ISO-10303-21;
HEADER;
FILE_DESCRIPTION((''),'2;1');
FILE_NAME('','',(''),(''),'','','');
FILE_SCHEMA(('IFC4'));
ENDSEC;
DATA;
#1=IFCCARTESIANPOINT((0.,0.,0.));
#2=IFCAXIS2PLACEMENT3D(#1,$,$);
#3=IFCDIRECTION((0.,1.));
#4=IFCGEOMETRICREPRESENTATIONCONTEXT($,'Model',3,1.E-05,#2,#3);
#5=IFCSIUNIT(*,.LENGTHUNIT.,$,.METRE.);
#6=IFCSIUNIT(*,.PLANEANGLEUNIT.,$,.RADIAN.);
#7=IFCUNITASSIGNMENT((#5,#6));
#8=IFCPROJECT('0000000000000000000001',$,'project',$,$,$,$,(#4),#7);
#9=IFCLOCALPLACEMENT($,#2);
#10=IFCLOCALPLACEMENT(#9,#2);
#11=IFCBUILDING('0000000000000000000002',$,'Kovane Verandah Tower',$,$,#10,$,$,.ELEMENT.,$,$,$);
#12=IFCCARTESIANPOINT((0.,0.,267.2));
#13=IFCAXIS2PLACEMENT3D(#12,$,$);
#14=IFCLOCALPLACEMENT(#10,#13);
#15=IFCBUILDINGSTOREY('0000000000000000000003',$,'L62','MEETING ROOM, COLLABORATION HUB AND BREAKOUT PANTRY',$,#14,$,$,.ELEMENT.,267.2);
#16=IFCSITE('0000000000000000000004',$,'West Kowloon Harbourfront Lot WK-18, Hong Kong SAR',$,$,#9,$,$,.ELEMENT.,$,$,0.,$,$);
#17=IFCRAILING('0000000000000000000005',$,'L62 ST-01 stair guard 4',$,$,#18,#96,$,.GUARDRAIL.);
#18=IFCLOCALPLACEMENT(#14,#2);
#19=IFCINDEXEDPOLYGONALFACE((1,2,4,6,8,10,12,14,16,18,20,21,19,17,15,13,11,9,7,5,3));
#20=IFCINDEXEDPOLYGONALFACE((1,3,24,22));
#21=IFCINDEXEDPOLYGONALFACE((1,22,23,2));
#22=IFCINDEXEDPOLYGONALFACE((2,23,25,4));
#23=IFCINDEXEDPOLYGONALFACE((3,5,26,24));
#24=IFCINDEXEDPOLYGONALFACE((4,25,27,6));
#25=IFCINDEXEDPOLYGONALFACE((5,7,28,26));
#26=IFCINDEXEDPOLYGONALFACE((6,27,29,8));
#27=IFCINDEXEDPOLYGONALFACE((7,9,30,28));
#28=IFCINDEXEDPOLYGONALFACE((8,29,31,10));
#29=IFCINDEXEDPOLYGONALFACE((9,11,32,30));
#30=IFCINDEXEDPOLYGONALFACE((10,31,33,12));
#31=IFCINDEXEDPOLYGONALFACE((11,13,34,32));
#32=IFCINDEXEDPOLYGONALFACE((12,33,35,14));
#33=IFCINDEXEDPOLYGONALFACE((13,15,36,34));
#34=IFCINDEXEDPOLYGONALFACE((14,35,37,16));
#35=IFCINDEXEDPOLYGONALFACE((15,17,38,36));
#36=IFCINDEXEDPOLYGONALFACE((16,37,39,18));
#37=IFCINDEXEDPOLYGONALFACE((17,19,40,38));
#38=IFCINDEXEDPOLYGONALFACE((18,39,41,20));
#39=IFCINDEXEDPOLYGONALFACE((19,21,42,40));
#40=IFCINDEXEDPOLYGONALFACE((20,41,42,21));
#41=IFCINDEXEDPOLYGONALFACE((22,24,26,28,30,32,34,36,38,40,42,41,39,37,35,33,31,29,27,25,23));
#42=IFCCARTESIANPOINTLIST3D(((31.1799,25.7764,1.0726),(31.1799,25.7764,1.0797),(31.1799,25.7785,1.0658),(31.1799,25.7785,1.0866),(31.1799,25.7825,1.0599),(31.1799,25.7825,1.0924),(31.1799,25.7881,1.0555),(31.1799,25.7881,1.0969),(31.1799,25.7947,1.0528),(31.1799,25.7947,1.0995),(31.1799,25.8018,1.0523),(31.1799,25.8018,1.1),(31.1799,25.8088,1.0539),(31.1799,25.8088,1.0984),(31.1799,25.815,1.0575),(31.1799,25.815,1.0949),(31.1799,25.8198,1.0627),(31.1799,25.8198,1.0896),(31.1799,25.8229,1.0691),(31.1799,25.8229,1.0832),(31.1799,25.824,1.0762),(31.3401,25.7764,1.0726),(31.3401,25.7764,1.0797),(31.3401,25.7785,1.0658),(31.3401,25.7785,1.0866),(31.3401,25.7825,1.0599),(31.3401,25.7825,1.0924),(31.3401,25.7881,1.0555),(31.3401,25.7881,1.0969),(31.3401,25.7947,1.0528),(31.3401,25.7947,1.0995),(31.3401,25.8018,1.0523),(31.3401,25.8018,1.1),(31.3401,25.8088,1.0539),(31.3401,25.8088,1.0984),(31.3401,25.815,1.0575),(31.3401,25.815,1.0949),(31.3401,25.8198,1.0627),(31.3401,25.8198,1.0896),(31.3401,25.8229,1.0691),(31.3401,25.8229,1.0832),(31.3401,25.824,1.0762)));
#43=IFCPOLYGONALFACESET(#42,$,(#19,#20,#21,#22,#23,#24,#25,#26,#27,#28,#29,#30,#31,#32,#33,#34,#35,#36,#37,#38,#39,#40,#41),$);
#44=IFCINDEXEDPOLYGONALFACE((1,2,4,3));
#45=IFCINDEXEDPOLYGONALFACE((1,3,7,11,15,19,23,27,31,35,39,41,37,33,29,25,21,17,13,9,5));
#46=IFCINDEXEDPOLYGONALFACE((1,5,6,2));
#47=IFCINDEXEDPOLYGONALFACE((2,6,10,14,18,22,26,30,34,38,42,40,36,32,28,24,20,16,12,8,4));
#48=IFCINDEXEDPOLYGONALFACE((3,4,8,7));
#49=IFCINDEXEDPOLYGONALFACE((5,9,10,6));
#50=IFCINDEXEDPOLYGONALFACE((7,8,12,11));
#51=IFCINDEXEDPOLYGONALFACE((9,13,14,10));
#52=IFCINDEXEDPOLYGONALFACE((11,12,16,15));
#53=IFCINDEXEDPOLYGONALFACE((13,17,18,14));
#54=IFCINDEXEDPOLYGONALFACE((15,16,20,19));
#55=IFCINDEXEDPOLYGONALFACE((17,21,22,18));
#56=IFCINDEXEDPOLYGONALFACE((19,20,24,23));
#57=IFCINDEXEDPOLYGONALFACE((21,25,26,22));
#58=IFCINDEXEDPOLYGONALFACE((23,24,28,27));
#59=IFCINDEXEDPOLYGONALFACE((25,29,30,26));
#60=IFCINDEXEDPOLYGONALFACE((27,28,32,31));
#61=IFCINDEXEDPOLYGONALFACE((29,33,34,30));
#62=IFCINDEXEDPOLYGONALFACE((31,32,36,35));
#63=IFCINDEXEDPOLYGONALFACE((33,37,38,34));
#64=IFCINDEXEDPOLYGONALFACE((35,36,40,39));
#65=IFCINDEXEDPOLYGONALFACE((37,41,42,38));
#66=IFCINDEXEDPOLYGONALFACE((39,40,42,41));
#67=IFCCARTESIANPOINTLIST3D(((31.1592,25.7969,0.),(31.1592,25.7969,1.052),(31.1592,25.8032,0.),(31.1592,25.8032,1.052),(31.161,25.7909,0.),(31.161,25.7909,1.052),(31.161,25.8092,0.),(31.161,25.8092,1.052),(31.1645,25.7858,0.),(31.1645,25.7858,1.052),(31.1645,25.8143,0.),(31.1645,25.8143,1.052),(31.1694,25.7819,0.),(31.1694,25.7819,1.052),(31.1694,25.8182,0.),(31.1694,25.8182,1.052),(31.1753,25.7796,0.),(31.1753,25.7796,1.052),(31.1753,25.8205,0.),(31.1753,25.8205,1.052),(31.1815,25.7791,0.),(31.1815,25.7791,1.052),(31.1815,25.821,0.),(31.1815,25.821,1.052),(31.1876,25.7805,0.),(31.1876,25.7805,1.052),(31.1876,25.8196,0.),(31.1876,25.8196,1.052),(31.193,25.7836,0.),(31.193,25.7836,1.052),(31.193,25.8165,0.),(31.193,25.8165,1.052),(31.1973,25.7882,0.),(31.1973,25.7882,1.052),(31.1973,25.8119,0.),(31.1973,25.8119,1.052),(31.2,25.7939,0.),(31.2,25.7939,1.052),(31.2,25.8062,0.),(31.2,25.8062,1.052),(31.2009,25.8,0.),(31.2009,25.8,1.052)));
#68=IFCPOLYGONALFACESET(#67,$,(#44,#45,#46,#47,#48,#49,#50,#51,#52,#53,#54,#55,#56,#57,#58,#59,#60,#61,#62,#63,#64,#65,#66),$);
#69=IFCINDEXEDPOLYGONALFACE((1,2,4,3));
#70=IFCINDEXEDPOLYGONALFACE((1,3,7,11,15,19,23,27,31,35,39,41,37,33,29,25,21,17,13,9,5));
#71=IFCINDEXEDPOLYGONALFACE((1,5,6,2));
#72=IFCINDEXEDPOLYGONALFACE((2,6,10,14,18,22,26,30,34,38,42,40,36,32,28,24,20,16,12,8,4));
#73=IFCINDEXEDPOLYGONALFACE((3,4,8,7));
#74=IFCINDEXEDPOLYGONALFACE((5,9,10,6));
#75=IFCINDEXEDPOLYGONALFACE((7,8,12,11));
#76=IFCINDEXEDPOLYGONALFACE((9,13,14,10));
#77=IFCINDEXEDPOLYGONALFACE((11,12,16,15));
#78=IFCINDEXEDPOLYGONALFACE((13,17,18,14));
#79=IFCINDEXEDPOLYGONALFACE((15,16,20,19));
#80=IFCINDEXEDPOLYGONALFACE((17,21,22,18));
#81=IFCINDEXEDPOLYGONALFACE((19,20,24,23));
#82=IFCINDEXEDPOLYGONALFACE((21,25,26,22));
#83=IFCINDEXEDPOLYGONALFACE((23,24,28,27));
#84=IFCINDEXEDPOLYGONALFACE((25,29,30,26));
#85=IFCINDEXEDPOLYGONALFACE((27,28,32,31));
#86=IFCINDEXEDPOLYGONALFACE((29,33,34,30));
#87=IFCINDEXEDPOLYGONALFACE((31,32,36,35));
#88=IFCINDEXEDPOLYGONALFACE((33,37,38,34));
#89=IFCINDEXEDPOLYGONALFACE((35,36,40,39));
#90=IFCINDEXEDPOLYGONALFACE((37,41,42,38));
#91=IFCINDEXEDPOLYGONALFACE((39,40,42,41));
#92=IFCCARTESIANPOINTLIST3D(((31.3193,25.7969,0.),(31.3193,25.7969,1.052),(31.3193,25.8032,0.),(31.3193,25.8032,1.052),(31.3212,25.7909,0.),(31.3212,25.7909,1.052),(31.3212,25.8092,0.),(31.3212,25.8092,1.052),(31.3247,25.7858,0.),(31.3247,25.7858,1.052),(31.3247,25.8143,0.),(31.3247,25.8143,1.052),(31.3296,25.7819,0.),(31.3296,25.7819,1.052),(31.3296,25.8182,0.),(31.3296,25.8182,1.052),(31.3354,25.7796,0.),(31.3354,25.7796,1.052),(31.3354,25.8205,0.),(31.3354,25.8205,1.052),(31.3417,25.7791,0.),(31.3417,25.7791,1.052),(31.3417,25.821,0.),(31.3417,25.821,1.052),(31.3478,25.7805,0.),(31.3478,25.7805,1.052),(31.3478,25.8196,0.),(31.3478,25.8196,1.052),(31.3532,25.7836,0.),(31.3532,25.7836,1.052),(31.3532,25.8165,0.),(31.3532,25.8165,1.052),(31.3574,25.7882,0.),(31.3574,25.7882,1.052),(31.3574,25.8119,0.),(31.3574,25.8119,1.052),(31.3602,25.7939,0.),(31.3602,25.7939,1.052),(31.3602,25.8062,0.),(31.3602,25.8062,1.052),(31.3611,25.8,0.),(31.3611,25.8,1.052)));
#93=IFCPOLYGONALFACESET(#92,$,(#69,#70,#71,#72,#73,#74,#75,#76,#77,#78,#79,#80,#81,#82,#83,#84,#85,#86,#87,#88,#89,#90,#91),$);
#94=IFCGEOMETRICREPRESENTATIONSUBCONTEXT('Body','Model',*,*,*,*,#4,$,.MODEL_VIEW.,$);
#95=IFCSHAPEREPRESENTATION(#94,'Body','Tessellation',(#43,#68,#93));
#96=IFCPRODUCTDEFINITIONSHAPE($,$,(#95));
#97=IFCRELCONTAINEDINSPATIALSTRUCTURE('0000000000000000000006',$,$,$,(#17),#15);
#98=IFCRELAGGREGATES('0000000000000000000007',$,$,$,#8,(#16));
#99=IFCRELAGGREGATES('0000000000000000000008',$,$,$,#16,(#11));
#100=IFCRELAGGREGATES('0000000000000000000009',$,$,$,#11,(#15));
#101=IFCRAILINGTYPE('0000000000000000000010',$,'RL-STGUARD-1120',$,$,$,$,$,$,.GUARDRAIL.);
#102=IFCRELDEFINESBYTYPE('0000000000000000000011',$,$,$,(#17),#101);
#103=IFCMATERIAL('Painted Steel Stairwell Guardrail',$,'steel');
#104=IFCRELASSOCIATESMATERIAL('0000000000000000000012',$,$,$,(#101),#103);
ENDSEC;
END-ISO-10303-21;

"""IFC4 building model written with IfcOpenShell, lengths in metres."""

from ifc_helpers import new_model, si_unit, direction, frame, origin, origin_2d, place, context, subcontext, project, spatial, circle, extrude, material, type_object, element, save


model = new_model("IFC4")

# Units and contexts
model_context = context("Model", 3, precision=1e-05, world=origin(), true_north=direction((0.0, 1.0)))
body_context = subcontext(model_context, "Body", "Model", "MODEL_VIEW")
ifc_project = project(units=[si_unit("LENGTHUNIT", "METRE"), si_unit("PLANEANGLEUNIT", "RADIAN")], contexts=[model_context])

# Site, building, storey
site_placement = place(None, origin())
site = spatial("IfcSite", under=ifc_project, at=site_placement, Name="West Kowloon Harbourfront Lot WK-18, Hong Kong SAR", CompositionType="ELEMENT", RefElevation=0.0)
building_placement = place(site_placement, origin())
building = spatial("IfcBuilding", under=site, at=building_placement, Name="Kovane Verandah Tower", CompositionType="ELEMENT")
storey_placement = place(building_placement, frame((0.0, 0.0, 267.2)))
storey = spatial("IfcBuildingStorey", under=building, at=storey_placement, Name="L62", Description="MEETING ROOM, COLLABORATION HUB AND BREAKOUT PANTRY", CompositionType="ELEMENT", Elevation=267.2)

# Railing
ifc_material_1 = material(Name="Painted Steel Stairwell Guardrail", Category="steel")
railing_type_1 = type_object("IfcRailingType", Name="RL-STGUARD-1120", PredefinedType="GUARDRAIL", material=ifc_material_1)
railing_1_placement = place(storey_placement, frame((31.1799, 25.8, 0.0)))
element("IfcRailing", 1, at=railing_1_placement, inside=storey, type_object=railing_type_1, Name="L62 ST-01 stair guard 4", PredefinedType="GUARDRAIL", context=body_context, shape_type="SweptSolid", body=[
    extrude(circle(Radius=0.0239, at=origin_2d()), frame((0.0, 0.0, 1.0762), z_axis=(1.0, 0.0, 0.0), x_axis=(0.0, 1.0, 0.0)), (0.0, 0.0, 1.0), 0.1602),
    extrude(circle(Radius=0.021, at=origin_2d()), origin(), (0.0, 0.0, 1.0), 1.052),
    extrude(circle(Radius=0.021, at=origin_2d()), frame((0.1602, 0.0, 0.0)), (0.0, 0.0, 1.0), 1.052),
])

save(model, "model.ifc")
